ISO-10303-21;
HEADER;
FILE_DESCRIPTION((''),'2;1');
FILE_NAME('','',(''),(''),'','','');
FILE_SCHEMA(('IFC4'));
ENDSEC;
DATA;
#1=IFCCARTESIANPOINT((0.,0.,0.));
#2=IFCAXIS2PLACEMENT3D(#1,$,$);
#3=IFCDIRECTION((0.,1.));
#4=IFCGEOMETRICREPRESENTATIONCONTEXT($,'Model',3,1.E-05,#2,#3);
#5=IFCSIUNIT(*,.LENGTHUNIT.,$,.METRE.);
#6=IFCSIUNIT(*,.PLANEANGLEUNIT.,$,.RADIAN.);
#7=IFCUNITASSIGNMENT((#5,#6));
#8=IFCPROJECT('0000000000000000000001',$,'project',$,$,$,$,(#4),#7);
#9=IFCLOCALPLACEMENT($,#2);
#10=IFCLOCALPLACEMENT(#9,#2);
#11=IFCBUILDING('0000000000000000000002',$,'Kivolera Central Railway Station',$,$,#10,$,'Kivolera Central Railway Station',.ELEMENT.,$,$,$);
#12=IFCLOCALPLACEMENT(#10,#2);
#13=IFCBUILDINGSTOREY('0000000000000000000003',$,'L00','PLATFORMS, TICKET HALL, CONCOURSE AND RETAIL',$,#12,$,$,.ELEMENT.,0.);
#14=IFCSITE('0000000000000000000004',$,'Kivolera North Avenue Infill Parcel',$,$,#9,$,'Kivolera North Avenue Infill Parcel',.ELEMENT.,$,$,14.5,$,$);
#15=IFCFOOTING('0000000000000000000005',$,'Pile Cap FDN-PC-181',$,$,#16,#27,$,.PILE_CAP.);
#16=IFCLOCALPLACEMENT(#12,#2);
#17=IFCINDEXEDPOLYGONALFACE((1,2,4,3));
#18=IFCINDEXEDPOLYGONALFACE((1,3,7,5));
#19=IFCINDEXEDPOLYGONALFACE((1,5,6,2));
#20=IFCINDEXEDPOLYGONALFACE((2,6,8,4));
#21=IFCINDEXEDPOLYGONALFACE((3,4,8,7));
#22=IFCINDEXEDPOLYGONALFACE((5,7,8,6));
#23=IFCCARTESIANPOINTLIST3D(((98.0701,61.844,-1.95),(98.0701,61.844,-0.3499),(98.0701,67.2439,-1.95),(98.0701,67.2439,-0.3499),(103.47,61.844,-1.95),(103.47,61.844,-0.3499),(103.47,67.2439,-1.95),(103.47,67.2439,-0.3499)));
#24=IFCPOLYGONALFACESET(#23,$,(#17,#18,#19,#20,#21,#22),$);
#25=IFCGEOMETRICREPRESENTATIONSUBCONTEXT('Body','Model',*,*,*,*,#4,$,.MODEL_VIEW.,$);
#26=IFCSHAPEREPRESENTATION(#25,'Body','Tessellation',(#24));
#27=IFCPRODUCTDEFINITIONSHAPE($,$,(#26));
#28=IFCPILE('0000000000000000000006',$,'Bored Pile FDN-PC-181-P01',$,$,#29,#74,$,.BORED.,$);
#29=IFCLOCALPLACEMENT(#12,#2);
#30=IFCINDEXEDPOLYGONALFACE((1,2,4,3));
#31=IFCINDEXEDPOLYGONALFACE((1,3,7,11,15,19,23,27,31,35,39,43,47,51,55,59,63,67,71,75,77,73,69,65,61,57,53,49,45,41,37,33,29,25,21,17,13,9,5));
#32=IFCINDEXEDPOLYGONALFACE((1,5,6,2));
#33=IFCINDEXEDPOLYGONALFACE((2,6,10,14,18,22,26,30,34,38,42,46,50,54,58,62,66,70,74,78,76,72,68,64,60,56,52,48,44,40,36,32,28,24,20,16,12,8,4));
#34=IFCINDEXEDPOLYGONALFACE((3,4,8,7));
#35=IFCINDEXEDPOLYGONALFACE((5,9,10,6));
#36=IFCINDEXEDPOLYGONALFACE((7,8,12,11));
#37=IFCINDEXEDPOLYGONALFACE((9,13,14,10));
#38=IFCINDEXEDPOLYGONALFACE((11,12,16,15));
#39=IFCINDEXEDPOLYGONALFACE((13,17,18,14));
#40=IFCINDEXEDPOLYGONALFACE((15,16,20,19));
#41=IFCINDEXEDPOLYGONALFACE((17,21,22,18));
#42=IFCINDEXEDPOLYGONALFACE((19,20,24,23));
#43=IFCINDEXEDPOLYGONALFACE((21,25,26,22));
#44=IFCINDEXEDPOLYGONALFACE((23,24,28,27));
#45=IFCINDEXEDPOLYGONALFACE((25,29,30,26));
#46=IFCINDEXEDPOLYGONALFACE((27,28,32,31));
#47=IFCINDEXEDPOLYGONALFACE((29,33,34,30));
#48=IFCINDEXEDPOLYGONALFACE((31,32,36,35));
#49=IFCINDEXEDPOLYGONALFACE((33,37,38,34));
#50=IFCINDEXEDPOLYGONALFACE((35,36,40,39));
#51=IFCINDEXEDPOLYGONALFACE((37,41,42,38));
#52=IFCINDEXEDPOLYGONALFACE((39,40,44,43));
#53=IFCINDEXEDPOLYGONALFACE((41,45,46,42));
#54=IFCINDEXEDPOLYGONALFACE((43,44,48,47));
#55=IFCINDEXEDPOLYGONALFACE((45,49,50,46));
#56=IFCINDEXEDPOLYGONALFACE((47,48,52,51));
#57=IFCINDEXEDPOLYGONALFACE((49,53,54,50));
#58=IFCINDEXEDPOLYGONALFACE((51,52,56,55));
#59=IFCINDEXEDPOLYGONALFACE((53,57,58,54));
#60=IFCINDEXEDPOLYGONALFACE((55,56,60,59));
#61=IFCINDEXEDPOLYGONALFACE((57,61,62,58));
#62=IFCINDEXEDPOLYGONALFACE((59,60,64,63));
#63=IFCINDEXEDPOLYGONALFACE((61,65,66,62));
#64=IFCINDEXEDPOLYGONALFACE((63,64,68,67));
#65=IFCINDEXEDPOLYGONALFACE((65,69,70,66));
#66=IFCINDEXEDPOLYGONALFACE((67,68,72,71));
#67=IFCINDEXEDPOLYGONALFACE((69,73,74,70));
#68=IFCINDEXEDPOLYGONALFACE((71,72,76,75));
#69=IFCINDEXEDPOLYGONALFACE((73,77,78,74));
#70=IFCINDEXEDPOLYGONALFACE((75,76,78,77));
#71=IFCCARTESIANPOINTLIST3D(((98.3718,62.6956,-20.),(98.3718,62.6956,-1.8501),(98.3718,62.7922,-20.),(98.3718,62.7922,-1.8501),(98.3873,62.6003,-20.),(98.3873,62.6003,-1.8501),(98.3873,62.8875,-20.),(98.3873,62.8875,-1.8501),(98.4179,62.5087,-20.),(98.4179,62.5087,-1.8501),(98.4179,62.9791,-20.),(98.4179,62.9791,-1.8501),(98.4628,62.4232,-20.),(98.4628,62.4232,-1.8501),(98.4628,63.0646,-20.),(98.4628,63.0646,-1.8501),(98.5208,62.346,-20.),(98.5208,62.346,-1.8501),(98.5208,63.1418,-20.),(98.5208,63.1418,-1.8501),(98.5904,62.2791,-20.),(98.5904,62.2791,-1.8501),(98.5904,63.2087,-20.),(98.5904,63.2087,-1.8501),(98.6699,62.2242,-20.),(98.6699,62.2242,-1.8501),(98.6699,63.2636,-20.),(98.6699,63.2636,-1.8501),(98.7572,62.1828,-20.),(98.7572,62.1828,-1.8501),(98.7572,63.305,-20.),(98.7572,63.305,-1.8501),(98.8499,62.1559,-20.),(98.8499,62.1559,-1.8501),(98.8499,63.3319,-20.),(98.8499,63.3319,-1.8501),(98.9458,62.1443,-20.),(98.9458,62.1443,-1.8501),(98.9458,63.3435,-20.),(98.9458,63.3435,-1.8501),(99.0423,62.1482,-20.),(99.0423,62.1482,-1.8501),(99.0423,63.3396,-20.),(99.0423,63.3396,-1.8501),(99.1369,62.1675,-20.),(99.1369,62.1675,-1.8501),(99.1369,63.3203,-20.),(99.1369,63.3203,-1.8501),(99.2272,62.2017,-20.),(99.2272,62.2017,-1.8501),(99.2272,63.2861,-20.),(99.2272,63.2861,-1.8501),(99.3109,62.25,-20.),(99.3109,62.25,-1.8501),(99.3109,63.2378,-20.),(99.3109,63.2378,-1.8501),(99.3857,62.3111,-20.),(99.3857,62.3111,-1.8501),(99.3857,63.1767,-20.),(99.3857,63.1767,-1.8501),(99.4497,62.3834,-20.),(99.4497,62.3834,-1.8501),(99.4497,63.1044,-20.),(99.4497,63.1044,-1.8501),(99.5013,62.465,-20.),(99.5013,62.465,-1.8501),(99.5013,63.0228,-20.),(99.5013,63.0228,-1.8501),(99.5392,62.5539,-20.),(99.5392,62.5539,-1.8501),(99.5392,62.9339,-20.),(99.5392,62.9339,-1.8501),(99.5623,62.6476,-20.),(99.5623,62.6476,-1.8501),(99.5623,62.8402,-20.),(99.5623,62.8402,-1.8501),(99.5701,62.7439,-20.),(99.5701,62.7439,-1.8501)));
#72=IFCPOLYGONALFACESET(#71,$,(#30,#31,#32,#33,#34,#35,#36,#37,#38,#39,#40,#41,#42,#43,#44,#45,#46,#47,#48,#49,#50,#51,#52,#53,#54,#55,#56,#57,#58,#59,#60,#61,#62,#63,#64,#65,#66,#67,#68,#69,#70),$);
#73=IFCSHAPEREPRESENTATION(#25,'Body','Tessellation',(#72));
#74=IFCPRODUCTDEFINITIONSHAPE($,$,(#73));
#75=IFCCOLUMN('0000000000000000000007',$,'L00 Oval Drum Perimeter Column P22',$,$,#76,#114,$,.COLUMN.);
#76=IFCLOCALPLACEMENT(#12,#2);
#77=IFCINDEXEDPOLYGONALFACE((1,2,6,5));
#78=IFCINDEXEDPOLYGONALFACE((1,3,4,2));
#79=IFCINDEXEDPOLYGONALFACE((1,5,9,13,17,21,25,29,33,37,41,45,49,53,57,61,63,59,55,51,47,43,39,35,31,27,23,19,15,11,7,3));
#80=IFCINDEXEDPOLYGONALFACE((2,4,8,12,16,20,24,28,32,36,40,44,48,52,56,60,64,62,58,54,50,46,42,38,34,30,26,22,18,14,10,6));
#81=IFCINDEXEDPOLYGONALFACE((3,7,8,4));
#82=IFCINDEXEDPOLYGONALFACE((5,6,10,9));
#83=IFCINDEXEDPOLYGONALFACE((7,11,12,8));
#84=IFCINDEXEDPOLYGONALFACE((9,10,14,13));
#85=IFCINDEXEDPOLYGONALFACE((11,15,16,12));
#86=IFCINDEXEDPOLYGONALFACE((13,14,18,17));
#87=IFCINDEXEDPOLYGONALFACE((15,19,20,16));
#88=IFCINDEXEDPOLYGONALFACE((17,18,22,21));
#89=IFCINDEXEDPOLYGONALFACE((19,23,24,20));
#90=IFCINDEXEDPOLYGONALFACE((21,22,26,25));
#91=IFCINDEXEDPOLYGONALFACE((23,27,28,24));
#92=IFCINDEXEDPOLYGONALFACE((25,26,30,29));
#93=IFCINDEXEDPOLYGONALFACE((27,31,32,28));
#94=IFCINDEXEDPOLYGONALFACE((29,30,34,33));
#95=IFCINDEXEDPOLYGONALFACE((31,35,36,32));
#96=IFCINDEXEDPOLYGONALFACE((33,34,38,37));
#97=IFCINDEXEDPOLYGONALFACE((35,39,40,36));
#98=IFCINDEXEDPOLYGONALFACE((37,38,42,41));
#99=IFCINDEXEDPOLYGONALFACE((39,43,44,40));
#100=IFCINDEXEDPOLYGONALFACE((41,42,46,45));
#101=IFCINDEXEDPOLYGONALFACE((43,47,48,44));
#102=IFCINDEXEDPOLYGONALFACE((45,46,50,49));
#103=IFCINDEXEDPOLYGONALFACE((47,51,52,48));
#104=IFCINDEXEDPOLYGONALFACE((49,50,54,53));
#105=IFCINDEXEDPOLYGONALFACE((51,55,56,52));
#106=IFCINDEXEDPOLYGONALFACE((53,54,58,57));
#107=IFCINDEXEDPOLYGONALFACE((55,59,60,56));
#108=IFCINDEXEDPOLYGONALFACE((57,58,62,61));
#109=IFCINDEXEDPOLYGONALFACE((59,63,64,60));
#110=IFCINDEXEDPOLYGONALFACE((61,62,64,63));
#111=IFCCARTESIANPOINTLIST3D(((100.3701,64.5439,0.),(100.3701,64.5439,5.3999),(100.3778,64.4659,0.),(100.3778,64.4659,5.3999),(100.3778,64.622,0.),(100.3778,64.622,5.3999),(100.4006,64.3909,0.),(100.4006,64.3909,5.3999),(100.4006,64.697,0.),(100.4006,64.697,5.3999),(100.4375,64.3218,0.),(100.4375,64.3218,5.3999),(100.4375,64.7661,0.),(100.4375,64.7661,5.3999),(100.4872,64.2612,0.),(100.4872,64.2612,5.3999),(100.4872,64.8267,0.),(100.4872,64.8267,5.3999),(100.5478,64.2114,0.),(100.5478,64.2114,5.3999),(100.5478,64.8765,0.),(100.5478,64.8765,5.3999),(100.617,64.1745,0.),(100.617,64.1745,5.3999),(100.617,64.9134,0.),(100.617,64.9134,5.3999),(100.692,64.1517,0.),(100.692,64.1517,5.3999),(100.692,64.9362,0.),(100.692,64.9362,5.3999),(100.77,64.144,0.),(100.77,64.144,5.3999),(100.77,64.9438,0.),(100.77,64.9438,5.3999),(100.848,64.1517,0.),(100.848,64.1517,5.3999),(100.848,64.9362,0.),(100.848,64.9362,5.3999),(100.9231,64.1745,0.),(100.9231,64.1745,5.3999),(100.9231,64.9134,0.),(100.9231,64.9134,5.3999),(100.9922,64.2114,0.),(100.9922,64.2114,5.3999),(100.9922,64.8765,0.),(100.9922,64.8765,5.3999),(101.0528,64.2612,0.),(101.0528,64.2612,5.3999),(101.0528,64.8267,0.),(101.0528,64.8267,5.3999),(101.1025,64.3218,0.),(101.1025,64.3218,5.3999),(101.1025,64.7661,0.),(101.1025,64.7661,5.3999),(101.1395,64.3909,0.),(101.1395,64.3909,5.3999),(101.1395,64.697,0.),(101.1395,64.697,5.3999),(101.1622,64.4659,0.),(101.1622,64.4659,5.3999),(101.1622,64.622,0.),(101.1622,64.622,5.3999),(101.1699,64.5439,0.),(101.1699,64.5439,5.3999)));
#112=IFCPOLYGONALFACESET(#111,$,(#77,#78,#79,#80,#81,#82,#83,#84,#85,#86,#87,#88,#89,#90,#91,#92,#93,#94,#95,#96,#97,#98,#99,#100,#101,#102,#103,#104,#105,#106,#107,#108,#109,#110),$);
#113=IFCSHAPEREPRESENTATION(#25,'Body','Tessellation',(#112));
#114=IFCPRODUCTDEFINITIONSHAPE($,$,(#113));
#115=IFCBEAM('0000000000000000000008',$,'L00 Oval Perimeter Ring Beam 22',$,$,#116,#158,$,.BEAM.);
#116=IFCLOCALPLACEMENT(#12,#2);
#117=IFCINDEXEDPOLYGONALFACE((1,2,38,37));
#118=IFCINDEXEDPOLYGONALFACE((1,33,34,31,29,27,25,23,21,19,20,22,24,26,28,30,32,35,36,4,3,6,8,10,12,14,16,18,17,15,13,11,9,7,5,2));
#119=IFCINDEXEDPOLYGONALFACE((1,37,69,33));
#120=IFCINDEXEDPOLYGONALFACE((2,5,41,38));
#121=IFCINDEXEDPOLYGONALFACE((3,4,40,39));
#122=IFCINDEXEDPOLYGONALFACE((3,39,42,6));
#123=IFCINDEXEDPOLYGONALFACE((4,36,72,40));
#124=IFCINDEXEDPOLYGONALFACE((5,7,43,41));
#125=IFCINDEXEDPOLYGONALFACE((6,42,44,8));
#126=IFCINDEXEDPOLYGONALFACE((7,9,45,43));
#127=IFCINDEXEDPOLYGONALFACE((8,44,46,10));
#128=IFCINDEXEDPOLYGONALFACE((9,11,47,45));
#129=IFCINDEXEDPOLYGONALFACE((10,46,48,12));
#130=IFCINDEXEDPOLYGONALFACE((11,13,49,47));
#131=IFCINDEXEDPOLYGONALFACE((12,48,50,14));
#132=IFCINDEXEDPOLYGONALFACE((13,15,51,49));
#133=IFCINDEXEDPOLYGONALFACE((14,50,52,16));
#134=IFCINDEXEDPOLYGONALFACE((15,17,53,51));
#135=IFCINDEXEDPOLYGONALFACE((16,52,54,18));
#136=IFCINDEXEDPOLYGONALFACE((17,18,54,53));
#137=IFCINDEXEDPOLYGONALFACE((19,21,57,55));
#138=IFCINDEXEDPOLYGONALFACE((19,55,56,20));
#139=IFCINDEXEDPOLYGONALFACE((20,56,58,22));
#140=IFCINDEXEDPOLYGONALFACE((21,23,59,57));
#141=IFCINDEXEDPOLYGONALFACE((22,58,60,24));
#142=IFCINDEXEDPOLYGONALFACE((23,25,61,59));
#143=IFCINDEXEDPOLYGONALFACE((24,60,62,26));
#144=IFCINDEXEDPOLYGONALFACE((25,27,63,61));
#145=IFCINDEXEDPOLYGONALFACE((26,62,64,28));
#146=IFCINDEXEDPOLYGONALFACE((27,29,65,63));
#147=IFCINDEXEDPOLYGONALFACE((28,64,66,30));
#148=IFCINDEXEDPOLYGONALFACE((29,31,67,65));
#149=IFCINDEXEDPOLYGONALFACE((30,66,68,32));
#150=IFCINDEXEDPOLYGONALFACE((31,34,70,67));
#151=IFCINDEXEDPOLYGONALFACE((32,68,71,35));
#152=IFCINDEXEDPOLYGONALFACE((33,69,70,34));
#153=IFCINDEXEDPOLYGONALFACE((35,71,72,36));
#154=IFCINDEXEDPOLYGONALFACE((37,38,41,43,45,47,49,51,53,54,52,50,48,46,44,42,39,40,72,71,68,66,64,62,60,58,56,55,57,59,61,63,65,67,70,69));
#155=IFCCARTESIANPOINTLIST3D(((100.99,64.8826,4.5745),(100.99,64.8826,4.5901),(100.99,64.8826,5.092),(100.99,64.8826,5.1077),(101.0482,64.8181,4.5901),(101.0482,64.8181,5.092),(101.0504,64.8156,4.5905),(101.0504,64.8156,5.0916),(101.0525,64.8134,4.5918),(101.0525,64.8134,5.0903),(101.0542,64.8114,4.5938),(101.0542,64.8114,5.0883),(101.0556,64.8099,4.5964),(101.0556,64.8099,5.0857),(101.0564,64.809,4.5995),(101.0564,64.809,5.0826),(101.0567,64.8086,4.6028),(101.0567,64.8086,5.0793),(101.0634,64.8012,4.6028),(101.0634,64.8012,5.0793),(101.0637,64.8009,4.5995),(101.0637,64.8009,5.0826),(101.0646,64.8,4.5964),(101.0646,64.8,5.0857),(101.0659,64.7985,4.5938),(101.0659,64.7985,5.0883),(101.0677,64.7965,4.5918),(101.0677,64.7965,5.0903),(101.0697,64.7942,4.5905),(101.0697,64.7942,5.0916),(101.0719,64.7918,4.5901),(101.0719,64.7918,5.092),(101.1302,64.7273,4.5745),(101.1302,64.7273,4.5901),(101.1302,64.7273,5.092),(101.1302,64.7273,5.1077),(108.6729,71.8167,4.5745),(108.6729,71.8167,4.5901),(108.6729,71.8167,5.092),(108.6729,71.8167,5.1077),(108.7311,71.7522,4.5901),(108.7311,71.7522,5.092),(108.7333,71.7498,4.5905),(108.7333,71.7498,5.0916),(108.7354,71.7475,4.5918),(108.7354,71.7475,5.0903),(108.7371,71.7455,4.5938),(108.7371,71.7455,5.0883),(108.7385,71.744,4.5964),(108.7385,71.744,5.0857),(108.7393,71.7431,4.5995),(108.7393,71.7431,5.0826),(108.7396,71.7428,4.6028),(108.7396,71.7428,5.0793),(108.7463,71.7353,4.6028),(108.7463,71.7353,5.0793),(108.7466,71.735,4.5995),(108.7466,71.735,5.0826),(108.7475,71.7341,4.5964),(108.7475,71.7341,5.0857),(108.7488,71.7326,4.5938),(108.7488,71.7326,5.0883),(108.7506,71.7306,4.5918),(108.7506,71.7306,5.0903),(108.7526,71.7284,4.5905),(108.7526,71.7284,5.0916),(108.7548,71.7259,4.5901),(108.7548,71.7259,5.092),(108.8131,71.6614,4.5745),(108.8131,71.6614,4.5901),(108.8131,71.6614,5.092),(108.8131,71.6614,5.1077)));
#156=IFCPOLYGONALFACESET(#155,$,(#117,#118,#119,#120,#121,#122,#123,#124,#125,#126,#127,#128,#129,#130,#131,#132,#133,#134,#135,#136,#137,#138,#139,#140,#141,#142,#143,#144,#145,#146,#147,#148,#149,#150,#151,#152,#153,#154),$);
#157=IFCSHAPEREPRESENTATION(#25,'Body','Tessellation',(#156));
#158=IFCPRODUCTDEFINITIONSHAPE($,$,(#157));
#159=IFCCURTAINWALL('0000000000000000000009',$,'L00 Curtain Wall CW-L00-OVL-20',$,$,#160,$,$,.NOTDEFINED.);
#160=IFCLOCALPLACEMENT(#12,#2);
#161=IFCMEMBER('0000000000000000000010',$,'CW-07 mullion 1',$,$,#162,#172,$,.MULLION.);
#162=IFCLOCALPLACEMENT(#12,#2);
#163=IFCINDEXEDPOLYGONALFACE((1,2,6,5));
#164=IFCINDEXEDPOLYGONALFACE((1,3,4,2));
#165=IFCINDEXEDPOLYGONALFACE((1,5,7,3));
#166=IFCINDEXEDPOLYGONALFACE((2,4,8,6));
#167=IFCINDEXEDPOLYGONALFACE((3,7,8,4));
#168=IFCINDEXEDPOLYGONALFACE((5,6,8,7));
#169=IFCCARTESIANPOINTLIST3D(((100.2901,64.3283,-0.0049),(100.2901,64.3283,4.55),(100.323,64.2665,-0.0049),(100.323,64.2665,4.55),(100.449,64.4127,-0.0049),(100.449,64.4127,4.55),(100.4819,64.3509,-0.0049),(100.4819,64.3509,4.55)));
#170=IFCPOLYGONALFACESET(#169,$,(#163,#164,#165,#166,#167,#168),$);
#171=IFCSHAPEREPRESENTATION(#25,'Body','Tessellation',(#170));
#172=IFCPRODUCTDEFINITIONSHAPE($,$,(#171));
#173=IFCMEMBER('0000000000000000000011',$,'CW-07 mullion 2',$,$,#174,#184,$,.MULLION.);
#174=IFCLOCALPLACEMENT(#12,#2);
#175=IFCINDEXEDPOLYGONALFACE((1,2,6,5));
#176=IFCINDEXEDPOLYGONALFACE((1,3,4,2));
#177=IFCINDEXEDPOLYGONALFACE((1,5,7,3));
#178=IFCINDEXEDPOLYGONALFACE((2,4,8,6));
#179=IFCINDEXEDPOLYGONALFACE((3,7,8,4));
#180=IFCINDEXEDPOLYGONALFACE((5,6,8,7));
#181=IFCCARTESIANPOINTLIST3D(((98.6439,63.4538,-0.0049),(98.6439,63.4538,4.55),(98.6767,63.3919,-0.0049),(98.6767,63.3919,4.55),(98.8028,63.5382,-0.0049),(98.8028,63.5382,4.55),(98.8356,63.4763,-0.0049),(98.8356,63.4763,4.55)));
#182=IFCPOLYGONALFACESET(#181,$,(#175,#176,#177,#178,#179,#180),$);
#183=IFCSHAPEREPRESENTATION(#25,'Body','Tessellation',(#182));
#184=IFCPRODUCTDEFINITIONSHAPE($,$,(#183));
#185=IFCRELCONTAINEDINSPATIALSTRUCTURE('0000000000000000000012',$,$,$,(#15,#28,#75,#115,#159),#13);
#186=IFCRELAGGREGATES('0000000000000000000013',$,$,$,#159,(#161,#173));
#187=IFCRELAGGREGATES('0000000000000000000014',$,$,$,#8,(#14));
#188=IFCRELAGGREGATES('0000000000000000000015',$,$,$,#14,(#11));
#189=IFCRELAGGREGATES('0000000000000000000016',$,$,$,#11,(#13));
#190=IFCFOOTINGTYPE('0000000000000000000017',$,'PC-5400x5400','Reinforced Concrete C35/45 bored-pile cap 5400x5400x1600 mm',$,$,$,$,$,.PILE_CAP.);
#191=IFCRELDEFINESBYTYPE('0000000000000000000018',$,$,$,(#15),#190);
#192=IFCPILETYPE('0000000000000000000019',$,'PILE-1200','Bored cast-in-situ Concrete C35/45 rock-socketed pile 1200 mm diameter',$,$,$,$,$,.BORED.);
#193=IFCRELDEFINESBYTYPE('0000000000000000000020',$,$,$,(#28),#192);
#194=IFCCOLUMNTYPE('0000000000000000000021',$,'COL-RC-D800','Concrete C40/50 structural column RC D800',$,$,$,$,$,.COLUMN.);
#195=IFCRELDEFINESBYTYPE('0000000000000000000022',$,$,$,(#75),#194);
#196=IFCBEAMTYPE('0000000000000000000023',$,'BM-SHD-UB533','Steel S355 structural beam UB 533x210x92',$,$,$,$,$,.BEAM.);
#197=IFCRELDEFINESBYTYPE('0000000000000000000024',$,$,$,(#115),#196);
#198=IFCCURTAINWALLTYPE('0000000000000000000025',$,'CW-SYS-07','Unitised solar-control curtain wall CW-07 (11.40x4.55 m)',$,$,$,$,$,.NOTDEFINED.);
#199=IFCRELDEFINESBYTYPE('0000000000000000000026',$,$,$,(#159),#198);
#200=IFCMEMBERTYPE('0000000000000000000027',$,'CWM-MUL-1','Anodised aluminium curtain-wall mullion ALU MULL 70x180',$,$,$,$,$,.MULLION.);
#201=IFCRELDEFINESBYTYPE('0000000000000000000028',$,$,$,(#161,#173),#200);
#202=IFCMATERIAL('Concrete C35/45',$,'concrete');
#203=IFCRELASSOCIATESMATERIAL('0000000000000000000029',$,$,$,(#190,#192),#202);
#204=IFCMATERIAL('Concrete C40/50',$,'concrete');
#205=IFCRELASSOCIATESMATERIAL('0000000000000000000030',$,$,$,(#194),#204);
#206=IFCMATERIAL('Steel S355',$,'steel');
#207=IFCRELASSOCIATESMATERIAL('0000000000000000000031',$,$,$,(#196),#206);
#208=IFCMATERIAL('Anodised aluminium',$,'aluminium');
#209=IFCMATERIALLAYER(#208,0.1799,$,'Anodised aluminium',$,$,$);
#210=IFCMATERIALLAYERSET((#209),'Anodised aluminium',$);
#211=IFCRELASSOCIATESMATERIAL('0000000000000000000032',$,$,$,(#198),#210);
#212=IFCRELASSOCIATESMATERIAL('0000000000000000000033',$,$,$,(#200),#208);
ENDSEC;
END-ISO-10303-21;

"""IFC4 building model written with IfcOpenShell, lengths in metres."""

from ifc_helpers import new_model, si_unit, direction, frame, origin, origin_2d, place, context, subcontext, project, spatial, rectangle, circle, i_section, extrude, material, layer, layer_set, material_profile, profile_set, type_object, element, aggregate, save


model = new_model("IFC4")

# Units and contexts
model_context = context("Model", 3, precision=1e-05, world=origin(), true_north=direction((0.0, 1.0)))
body_context = subcontext(model_context, "Body", "Model", "MODEL_VIEW")
ifc_project = project(units=[si_unit("LENGTHUNIT", "METRE"), si_unit("PLANEANGLEUNIT", "RADIAN")], contexts=[model_context])

# Site, building, storey
site_placement = place(None, origin())
site = spatial("IfcSite", under=ifc_project, at=site_placement, Name="Kivolera North Avenue Infill Parcel", LongName="Kivolera North Avenue Infill Parcel", CompositionType="ELEMENT", RefElevation=14.5)
building_placement = place(site_placement, origin())
building = spatial("IfcBuilding", under=site, at=building_placement, Name="Kivolera Central Railway Station", LongName="Kivolera Central Railway Station", CompositionType="ELEMENT")
storey_placement = place(building_placement, origin())
storey = spatial("IfcBuildingStorey", under=building, at=storey_placement, Name="L00", Description="PLATFORMS, TICKET HALL, CONCOURSE AND RETAIL", CompositionType="ELEMENT", Elevation=0.0)

# Footing
ifc_material_1 = material(Name="Concrete C35/45", Category="concrete")
footing_type = type_object("IfcFootingType", Name="PC-5400x5400", Description="Reinforced Concrete C35/45 bored-pile cap 5400x5400x1600 mm", PredefinedType="PILE_CAP", material=ifc_material_1)
footing_placement = place(storey_placement, frame((100.77, 64.5439, -1.95), z_axis=(0.0, 0.0, 1.0), x_axis=(1.0, 0.0, 0.0)))
element("IfcFooting", 1, at=footing_placement, inside=storey, type_object=footing_type, Name="Pile Cap FDN-PC-181", PredefinedType="PILE_CAP", context=body_context, shape_type="SweptSolid", body=[
    extrude(rectangle(XDim=5.3999, YDim=5.3999, at=origin_2d()), origin(), (0.0, 0.0, 1.0), 1.6001),
])

# Pile
ifc_material_profile_1 = material_profile(ifc_material_1, circle(Radius=0.6001, at=origin_2d()), Name="PILE D1200")
ifc_profile_set_1 = profile_set([ifc_material_profile_1], Name="Concrete C35/45")
pile_type = type_object("IfcPileType", Name="PILE-1200", Description="Bored cast-in-situ Concrete C35/45 rock-socketed pile 1200 mm diameter", PredefinedType="BORED", material=ifc_profile_set_1)
pile_placement = place(storey_placement, frame((98.97, 62.7439, -1.8501), z_axis=(0.0, 0.0, -1.0), x_axis=(1.0, 0.0, 0.0)))
element("IfcPile", 2, at=pile_placement, inside=storey, type_object=pile_type, Name="Bored Pile FDN-PC-181-P01", PredefinedType="BORED", context=body_context, shape_type="SweptSolid", body=[
    extrude(circle(Radius=0.6001, at=origin_2d()), origin(), (0.0, 0.0, 1.0), 18.1499),
])

# Column
ifc_material_2 = material(Name="Concrete C40/50", Category="concrete")
ifc_material_profile_2 = material_profile(ifc_material_2, circle(Radius=0.3999, at=origin_2d()), Name="RC D800")
ifc_profile_set_2 = profile_set([ifc_material_profile_2], Name="Concrete C40/50")
column_type = type_object("IfcColumnType", Name="COL-RC-D800", Description="Concrete C40/50 structural column RC D800", PredefinedType="COLUMN", material=ifc_profile_set_2)
column_placement = place(storey_placement, frame((100.77, 64.5439, 0.0), z_axis=(0.0, 0.0, 1.0), x_axis=(1.0, 0.0, 0.0)))
element("IfcColumn", 3, at=column_placement, inside=storey, type_object=column_type, Name="L00 Oval Drum Perimeter Column P22", PredefinedType="COLUMN", context=body_context, shape_type="SweptSolid", body=[
    extrude(circle(Radius=0.3999, at=origin_2d()), origin(), (0.0, 0.0, 1.0), 5.3999),
])

# Beam
ifc_material_3 = material(Name="Steel S355", Category="steel")
ifc_material_profile_3 = material_profile(ifc_material_3, i_section(OverallWidth=0.2092, OverallDepth=0.5332, WebThickness=0.01, FlangeThickness=0.0156, FilletRadius=0.0127, at=origin_2d()), Name="UB 533x210x92")
ifc_profile_set_3 = profile_set([ifc_material_profile_3], Name="Steel S355")
beam_type = type_object("IfcBeamType", Name="BM-SHD-UB533", Description="Steel S355 structural beam UB 533x210x92", PredefinedType="BEAM", material=ifc_profile_set_3)
beam_placement = place(storey_placement, frame((101.0601, 64.8049, 4.8411), z_axis=(0.742356, 0.670005, 0.0), x_axis=(-0.670005, 0.742356, 0.0)))
element("IfcBeam", 4, at=beam_placement, inside=storey, type_object=beam_type, Name="L00 Oval Perimeter Ring Beam 22", PredefinedType="BEAM", context=body_context, shape_type="SweptSolid", body=[
    extrude(i_section(OverallWidth=0.2092, OverallDepth=0.5332, WebThickness=0.01, FlangeThickness=0.0156, FilletRadius=0.0127, at=origin_2d()), origin(), (0.0, 0.0, 1.0), 10.3494),
])

# Curtain wall, members
ifc_material_4 = material(Name="Anodised aluminium", Category="aluminium")
ifc_layer_1 = layer(ifc_material_4, 0.1799, Name="Anodised aluminium")
ifc_layer_set_1 = layer_set([ifc_layer_1], Name="Anodised aluminium")
curtain_wall_type_1 = type_object("IfcCurtainWallType", Name="CW-SYS-07", Description="Unitised solar-control curtain wall CW-07 (11.40x4.55 m)", PredefinedType="NOTDEFINED", material=ifc_layer_set_1)
curtain_wall_1_placement = place(storey_placement, origin())
curtain_wall_1 = element("IfcCurtainWall", 5, at=curtain_wall_1_placement, inside=storey, type_object=curtain_wall_type_1, Name="L00 Curtain Wall CW-L00-OVL-20", PredefinedType="NOTDEFINED")
ifc_material_profile_4 = material_profile(ifc_material_4, rectangle(XDim=0.0701, YDim=0.1799, at=origin_2d()), Name="ALU MULL 70x180")
ifc_profile_set_4 = profile_set([ifc_material_profile_4], Name="Anodised aluminium")
member_type_1 = type_object("IfcMemberType", Name="CWM-MUL-1", Description="Anodised aluminium curtain-wall mullion ALU MULL 70x180", PredefinedType="MULLION", material=ifc_profile_set_4)
member_1_placement = place(storey_placement, frame((100.386, 64.3396, -0.0049), z_axis=(0.0, 0.0, 1.0), x_axis=(0.469053, -0.88317, 0.0)))
member_1 = element("IfcMember", 6, at=member_1_placement, type_object=member_type_1, Name="CW-07 mullion 1", PredefinedType="MULLION", context=body_context, shape_type="SweptSolid", body=[
    extrude(rectangle(XDim=0.0701, YDim=0.1799, at=origin_2d()), origin(), (0.0, 0.0, 1.0), 4.5549),
])
member_2_placement = place(storey_placement, frame((98.7397, 63.4651, -0.0049), z_axis=(0.0, 0.0, 1.0), x_axis=(0.469053, -0.88317, 0.0)))
member_2 = element("IfcMember", 7, at=member_2_placement, type_object=member_type_1, Name="CW-07 mullion 2", PredefinedType="MULLION", context=body_context, shape_type="SweptSolid", body=[
    extrude(rectangle(XDim=0.0701, YDim=0.1799, at=origin_2d()), origin(), (0.0, 0.0, 1.0), 4.5549),
])

aggregate(curtain_wall_1, [member_1, member_2])

save(model, "model.ifc")
